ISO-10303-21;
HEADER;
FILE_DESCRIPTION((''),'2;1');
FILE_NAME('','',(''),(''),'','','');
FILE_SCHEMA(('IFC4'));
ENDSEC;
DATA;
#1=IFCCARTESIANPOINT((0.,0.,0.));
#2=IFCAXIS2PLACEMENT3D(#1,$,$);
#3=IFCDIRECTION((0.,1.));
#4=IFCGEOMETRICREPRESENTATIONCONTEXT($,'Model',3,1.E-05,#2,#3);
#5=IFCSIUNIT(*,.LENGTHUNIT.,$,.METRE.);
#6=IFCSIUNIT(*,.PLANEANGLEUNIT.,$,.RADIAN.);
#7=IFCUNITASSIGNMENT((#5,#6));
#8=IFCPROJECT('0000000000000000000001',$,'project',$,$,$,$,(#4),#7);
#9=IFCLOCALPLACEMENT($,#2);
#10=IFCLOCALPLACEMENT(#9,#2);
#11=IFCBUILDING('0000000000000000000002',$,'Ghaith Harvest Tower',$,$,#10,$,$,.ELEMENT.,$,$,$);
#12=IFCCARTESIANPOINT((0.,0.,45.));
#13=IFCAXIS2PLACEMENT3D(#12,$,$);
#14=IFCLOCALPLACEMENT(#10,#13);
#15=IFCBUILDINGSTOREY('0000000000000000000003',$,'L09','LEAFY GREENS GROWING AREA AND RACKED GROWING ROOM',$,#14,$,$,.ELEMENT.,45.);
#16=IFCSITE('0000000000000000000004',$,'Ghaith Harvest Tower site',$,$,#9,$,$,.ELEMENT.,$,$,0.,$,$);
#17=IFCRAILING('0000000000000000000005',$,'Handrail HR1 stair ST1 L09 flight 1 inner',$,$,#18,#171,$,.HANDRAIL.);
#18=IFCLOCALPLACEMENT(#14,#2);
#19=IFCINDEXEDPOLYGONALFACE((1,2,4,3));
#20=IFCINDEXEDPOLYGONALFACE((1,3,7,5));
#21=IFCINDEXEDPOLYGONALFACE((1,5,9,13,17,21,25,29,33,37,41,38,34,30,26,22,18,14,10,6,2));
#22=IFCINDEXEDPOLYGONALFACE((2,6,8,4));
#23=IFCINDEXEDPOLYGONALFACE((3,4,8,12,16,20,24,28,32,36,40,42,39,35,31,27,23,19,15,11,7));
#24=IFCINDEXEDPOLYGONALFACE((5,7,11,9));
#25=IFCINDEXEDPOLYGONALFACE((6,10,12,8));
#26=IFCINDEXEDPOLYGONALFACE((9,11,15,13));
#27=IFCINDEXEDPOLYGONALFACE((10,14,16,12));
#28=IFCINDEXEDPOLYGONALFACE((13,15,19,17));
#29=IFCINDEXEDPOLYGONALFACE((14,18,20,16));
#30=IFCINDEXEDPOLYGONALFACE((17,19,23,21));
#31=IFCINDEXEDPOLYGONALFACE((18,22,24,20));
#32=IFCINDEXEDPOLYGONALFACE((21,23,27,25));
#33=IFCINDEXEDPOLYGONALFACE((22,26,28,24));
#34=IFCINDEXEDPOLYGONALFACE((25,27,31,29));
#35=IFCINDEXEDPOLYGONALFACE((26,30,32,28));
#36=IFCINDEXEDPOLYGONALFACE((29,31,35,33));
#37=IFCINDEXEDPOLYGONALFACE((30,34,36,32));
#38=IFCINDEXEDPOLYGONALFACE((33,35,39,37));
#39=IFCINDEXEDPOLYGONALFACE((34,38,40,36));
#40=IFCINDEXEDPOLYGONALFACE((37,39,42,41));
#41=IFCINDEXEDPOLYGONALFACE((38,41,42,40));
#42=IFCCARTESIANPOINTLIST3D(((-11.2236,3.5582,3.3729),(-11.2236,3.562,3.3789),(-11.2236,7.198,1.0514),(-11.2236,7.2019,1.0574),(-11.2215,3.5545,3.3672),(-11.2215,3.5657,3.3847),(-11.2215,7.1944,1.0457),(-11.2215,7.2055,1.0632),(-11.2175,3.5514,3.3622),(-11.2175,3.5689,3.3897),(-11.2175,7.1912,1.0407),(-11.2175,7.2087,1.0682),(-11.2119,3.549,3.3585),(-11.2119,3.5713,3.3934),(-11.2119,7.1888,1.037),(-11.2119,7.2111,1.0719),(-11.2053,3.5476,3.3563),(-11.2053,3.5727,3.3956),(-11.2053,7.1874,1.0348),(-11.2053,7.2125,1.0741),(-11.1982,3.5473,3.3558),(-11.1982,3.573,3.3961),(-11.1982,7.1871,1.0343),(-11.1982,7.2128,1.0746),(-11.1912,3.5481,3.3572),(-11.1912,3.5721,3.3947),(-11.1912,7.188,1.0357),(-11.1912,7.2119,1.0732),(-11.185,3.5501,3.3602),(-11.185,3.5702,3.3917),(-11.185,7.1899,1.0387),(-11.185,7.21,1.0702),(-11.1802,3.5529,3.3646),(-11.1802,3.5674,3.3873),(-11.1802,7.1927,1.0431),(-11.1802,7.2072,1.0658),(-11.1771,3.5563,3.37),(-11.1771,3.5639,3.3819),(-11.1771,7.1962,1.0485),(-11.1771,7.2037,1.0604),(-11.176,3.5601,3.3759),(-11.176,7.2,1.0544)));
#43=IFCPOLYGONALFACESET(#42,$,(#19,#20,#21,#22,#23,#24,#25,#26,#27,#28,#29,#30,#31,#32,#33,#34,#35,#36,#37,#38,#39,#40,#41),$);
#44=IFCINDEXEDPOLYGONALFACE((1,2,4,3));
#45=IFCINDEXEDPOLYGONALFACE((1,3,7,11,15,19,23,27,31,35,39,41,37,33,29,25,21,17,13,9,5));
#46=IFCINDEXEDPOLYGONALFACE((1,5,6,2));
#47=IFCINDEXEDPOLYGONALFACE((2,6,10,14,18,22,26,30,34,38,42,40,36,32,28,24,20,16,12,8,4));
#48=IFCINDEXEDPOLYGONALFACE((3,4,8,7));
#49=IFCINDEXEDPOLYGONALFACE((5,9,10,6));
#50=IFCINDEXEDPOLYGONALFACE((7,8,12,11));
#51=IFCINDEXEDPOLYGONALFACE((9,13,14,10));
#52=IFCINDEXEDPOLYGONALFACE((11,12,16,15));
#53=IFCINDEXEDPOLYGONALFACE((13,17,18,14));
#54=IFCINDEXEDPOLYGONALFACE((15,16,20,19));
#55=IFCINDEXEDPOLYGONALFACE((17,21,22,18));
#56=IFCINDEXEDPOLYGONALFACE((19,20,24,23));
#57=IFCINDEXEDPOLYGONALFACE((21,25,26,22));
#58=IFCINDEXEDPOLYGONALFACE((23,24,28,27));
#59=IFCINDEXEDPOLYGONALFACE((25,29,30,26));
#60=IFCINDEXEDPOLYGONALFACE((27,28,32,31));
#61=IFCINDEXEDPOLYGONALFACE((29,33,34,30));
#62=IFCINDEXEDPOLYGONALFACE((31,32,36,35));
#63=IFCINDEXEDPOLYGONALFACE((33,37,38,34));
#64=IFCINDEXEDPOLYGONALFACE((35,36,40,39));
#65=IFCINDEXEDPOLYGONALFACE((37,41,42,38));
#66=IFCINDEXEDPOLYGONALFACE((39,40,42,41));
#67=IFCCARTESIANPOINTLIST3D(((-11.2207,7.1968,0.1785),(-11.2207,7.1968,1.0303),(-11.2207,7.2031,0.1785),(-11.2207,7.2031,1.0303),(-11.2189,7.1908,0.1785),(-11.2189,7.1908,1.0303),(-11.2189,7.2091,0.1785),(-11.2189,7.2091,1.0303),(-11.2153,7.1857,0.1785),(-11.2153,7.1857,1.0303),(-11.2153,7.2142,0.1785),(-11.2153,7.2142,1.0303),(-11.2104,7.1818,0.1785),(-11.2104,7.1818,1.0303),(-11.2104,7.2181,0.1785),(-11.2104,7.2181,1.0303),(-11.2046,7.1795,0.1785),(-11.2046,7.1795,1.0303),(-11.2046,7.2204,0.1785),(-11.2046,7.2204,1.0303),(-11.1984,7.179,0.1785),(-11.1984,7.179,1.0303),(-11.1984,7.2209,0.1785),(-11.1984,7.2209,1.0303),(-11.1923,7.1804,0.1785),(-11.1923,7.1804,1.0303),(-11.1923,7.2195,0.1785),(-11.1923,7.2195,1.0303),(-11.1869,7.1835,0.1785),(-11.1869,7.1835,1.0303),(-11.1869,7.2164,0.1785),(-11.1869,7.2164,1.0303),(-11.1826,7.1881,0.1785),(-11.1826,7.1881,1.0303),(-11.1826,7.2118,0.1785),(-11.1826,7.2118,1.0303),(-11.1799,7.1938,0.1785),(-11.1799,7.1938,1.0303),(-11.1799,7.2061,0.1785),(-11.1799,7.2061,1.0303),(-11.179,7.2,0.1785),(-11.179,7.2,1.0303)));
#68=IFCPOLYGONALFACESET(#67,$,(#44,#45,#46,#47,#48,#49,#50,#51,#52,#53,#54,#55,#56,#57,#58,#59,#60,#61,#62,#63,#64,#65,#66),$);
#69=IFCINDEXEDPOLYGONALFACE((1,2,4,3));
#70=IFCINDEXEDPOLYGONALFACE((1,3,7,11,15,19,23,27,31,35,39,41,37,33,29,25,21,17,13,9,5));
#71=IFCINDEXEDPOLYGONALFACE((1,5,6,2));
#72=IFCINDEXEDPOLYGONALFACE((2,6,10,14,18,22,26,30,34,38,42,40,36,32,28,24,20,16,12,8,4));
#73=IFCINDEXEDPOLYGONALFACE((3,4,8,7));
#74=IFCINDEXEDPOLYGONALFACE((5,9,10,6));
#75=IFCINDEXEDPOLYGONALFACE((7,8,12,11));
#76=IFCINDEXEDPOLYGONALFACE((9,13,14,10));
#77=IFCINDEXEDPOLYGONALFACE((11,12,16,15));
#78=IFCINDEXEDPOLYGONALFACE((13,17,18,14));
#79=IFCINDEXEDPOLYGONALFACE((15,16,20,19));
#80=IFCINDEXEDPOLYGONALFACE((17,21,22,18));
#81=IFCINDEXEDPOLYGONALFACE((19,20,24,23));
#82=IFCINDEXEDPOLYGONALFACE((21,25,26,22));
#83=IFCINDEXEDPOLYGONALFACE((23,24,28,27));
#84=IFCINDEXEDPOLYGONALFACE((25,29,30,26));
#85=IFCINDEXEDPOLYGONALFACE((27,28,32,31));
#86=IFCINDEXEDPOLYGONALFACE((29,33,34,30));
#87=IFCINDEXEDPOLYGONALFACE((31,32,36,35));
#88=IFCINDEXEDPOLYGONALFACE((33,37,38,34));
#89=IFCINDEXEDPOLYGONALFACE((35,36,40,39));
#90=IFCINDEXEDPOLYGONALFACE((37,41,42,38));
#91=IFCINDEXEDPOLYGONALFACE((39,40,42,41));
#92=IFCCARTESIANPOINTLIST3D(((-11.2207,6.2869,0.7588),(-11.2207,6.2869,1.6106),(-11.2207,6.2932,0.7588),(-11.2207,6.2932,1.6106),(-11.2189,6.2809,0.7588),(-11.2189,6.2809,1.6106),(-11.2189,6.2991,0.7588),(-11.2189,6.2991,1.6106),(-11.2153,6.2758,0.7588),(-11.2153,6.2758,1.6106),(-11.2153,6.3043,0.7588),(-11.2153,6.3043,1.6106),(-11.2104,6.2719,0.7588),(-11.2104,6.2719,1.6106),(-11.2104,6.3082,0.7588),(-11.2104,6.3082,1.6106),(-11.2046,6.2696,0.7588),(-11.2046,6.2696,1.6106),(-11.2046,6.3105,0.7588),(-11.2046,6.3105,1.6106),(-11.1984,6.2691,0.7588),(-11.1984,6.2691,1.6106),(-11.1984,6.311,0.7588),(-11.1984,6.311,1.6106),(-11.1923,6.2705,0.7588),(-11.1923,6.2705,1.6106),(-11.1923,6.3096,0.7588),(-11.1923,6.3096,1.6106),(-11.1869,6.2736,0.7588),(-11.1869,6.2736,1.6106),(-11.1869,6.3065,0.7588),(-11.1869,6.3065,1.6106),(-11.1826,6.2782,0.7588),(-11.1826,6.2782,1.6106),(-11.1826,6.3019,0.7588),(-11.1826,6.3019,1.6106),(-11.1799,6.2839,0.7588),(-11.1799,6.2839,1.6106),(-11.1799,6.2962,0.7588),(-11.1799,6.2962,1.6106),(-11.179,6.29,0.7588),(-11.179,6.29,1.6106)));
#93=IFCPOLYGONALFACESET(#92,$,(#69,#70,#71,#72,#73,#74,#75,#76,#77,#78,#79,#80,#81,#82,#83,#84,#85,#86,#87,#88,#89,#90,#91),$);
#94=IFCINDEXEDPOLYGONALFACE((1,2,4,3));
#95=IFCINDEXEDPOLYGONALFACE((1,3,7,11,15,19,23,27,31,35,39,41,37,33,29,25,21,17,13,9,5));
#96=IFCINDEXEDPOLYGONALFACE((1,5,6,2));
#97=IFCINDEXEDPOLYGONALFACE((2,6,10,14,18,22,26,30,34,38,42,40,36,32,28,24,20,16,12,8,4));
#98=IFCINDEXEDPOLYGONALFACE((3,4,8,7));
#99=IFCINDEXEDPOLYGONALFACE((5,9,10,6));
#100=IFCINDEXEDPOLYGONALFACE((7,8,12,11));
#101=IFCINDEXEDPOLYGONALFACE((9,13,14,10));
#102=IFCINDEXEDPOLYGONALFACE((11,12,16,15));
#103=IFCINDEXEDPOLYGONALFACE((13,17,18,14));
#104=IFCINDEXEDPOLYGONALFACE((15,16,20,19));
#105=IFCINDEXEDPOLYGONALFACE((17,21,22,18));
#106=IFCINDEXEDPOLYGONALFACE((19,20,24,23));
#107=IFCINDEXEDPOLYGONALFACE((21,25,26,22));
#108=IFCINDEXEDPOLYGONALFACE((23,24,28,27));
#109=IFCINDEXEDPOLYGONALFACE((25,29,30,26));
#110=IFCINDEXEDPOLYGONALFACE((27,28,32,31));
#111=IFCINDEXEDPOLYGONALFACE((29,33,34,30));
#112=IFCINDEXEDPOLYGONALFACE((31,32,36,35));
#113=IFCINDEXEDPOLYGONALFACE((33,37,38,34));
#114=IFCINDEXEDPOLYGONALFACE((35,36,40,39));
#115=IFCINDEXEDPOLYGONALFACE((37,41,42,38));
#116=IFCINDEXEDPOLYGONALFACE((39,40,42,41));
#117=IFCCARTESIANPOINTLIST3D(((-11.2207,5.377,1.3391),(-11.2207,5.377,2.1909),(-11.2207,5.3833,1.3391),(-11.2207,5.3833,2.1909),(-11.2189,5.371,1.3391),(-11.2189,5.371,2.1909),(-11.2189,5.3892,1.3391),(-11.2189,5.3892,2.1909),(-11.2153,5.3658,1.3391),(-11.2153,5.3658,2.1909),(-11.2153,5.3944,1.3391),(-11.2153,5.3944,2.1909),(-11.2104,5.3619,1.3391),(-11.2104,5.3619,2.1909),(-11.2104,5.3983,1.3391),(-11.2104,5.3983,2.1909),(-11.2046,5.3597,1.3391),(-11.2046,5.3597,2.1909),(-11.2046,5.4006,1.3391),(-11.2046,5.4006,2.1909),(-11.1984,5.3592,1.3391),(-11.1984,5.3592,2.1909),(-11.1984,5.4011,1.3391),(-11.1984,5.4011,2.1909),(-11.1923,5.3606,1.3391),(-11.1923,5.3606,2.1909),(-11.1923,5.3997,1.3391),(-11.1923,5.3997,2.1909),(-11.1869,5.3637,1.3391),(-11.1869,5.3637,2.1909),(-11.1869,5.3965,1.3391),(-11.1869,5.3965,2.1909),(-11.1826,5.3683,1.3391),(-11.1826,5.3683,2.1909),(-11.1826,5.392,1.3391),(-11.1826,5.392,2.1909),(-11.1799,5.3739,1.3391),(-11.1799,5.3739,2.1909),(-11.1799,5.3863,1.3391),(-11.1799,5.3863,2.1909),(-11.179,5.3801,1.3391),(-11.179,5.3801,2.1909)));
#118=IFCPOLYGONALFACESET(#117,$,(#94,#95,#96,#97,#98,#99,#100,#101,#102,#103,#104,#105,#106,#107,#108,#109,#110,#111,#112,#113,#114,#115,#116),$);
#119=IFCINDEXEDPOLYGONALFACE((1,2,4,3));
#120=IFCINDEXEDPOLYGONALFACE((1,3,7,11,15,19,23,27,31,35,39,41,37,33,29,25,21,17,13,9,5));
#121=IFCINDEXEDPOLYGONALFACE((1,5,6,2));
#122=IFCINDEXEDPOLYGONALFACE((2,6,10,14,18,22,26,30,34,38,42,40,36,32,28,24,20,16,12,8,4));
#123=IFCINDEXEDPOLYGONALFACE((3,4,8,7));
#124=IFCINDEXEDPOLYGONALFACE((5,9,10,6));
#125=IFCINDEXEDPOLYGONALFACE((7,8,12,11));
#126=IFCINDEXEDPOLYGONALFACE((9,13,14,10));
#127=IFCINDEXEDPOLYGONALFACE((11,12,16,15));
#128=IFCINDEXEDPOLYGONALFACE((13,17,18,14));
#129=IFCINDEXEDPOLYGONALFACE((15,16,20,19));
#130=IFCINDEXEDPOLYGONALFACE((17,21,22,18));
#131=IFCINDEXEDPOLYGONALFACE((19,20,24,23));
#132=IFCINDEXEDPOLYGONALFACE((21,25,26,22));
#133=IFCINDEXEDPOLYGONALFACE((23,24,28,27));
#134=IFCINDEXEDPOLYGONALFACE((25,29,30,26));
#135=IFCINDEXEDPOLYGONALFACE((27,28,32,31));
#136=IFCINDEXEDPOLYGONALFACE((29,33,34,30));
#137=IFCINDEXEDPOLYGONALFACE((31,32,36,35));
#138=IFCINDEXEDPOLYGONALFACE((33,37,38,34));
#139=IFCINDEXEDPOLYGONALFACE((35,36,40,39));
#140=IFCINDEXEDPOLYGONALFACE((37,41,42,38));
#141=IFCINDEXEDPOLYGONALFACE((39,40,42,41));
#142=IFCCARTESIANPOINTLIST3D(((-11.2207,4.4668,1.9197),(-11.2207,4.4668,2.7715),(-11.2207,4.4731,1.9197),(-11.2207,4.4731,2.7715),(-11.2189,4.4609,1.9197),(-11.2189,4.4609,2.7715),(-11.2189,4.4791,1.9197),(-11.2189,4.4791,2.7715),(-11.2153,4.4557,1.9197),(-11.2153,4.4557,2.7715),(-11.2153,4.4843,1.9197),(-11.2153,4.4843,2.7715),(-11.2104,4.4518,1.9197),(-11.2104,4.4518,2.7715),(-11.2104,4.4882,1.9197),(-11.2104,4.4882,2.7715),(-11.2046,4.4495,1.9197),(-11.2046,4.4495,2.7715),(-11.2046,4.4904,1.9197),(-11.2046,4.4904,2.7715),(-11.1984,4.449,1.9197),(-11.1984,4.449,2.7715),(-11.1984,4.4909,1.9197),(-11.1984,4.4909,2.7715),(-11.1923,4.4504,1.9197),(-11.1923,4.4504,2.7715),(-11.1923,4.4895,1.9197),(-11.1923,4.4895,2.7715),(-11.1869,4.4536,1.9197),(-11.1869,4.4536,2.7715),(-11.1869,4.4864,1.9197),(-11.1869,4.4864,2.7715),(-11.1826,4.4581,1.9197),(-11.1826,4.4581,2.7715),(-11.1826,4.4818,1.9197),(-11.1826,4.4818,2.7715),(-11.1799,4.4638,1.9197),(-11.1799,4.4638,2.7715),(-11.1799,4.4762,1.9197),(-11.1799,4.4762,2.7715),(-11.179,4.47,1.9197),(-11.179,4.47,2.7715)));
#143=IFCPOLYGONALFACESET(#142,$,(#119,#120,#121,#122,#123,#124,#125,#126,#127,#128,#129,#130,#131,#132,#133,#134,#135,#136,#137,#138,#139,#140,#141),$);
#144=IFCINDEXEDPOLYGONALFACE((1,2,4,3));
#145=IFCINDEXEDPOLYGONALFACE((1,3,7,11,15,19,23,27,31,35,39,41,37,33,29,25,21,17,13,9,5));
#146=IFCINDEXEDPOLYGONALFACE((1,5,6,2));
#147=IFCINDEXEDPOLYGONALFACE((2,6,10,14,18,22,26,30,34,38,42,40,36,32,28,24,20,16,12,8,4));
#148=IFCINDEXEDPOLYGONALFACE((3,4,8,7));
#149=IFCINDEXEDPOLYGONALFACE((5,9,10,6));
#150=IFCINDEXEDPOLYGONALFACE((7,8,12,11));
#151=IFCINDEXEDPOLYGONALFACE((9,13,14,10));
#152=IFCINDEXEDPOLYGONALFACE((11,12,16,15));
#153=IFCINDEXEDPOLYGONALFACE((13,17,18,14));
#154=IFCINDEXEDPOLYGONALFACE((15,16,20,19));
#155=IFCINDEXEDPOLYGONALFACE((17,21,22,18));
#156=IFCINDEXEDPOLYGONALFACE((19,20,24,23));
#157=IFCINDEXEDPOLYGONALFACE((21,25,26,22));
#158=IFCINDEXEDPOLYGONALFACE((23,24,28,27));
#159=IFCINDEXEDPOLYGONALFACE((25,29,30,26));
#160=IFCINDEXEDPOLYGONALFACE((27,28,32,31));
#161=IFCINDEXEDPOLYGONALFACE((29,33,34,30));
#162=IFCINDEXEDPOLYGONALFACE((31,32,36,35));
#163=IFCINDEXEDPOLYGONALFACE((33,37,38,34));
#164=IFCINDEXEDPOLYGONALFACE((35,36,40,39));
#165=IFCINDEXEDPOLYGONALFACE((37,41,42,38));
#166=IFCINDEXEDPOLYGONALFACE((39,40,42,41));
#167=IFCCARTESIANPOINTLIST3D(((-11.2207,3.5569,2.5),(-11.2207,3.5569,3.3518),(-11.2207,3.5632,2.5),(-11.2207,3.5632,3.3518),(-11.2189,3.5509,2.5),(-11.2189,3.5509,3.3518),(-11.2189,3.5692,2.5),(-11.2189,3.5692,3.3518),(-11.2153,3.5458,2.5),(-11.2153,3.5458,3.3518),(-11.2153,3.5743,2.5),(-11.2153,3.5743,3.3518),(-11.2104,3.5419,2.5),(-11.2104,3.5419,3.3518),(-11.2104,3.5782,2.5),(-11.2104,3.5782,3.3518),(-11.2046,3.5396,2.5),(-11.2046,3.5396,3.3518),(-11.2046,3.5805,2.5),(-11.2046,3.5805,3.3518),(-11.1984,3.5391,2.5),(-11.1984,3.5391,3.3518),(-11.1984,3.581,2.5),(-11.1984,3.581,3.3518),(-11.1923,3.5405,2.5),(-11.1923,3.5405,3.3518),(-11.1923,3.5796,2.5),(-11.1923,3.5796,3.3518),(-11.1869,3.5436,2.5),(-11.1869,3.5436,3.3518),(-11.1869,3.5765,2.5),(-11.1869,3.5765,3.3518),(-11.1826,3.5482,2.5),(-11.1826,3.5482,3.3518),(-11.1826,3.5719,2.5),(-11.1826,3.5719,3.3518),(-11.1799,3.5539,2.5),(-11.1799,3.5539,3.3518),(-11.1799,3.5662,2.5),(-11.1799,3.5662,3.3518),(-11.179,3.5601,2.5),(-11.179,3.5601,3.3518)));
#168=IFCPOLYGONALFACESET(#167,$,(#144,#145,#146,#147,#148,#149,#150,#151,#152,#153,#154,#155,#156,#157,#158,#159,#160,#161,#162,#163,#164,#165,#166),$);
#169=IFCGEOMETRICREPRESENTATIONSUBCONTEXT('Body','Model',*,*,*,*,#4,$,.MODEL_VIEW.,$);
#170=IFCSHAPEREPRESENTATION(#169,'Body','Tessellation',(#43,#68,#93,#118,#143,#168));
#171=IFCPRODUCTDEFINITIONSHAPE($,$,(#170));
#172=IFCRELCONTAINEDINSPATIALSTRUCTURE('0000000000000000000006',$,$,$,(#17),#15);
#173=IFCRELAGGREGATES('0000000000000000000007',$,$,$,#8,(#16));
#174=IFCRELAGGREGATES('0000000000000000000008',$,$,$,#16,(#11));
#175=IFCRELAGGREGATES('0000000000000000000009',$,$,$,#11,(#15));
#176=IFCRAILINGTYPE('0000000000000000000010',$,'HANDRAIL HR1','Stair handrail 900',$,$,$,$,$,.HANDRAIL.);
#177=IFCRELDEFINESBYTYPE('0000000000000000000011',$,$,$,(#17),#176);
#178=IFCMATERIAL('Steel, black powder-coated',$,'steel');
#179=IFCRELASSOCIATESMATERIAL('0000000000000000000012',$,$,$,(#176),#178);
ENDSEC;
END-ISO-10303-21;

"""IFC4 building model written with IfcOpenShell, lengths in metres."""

from ifc_helpers import new_model, si_unit, direction, frame, origin, origin_2d, place, context, subcontext, project, spatial, circle, extrude, material, type_object, element, save


model = new_model("IFC4")

# Units and contexts
model_context = context("Model", 3, precision=1e-05, world=origin(), true_north=direction((0.0, 1.0)))
body_context = subcontext(model_context, "Body", "Model", "MODEL_VIEW")
ifc_project = project(units=[si_unit("LENGTHUNIT", "METRE"), si_unit("PLANEANGLEUNIT", "RADIAN")], contexts=[model_context])

# Site, building, storey
site_placement = place(None, origin())
site = spatial("IfcSite", under=ifc_project, at=site_placement, Name="Ghaith Harvest Tower site", CompositionType="ELEMENT", RefElevation=0.0)
building_placement = place(site_placement, origin())
building = spatial("IfcBuilding", under=site, at=building_placement, Name="Ghaith Harvest Tower", CompositionType="ELEMENT")
storey_placement = place(building_placement, frame((0.0, 0.0, 45.0)))
storey = spatial("IfcBuildingStorey", under=building, at=storey_placement, Name="L09", Description="LEAFY GREENS GROWING AREA AND RACKED GROWING ROOM", CompositionType="ELEMENT", Elevation=45.0)

# Railing
ifc_material_1 = material(Name="Steel, black powder-coated", Category="steel")
railing_type = type_object("IfcRailingType", Name="HANDRAIL HR1", Description="Stair handrail 900", PredefinedType="HANDRAIL", material=ifc_material_1)
railing_1_placement = place(storey_placement, frame((-11.2, 7.2, 0.1785)))
element("IfcRailing", 1, at=railing_1_placement, inside=storey, type_object=railing_type, Name="Handrail HR1 stair ST1 L09 flight 1 inner", PredefinedType="HANDRAIL", context=body_context, shape_type="SweptSolid", body=[
    extrude(circle(Radius=0.0239, at=origin_2d()), frame((0.0, 0.0, 0.876), z_axis=(0.0, -0.843112, 0.537739), x_axis=(1.0, 0.0, 0.0)), (0.0, 0.0, 1.0), 4.3171),
    extrude(circle(Radius=0.021, at=origin_2d()), origin(), (0.0, 0.0, 1.0), 0.8518),
    extrude(circle(Radius=0.021, at=origin_2d()), frame((0.0, -0.9099, 0.5803)), (0.0, 0.0, 1.0), 0.8518),
    extrude(circle(Radius=0.021, at=origin_2d()), frame((0.0, -1.8198, 1.1606)), (0.0, 0.0, 1.0), 0.8518),
    extrude(circle(Radius=0.021, at=origin_2d()), frame((0.0, -2.73, 1.7412)), (0.0, 0.0, 1.0), 0.8518),
    extrude(circle(Radius=0.021, at=origin_2d()), frame((0.0, -3.6399, 2.3215)), (0.0, 0.0, 1.0), 0.8518),
])

save(model, "model.ifc")
